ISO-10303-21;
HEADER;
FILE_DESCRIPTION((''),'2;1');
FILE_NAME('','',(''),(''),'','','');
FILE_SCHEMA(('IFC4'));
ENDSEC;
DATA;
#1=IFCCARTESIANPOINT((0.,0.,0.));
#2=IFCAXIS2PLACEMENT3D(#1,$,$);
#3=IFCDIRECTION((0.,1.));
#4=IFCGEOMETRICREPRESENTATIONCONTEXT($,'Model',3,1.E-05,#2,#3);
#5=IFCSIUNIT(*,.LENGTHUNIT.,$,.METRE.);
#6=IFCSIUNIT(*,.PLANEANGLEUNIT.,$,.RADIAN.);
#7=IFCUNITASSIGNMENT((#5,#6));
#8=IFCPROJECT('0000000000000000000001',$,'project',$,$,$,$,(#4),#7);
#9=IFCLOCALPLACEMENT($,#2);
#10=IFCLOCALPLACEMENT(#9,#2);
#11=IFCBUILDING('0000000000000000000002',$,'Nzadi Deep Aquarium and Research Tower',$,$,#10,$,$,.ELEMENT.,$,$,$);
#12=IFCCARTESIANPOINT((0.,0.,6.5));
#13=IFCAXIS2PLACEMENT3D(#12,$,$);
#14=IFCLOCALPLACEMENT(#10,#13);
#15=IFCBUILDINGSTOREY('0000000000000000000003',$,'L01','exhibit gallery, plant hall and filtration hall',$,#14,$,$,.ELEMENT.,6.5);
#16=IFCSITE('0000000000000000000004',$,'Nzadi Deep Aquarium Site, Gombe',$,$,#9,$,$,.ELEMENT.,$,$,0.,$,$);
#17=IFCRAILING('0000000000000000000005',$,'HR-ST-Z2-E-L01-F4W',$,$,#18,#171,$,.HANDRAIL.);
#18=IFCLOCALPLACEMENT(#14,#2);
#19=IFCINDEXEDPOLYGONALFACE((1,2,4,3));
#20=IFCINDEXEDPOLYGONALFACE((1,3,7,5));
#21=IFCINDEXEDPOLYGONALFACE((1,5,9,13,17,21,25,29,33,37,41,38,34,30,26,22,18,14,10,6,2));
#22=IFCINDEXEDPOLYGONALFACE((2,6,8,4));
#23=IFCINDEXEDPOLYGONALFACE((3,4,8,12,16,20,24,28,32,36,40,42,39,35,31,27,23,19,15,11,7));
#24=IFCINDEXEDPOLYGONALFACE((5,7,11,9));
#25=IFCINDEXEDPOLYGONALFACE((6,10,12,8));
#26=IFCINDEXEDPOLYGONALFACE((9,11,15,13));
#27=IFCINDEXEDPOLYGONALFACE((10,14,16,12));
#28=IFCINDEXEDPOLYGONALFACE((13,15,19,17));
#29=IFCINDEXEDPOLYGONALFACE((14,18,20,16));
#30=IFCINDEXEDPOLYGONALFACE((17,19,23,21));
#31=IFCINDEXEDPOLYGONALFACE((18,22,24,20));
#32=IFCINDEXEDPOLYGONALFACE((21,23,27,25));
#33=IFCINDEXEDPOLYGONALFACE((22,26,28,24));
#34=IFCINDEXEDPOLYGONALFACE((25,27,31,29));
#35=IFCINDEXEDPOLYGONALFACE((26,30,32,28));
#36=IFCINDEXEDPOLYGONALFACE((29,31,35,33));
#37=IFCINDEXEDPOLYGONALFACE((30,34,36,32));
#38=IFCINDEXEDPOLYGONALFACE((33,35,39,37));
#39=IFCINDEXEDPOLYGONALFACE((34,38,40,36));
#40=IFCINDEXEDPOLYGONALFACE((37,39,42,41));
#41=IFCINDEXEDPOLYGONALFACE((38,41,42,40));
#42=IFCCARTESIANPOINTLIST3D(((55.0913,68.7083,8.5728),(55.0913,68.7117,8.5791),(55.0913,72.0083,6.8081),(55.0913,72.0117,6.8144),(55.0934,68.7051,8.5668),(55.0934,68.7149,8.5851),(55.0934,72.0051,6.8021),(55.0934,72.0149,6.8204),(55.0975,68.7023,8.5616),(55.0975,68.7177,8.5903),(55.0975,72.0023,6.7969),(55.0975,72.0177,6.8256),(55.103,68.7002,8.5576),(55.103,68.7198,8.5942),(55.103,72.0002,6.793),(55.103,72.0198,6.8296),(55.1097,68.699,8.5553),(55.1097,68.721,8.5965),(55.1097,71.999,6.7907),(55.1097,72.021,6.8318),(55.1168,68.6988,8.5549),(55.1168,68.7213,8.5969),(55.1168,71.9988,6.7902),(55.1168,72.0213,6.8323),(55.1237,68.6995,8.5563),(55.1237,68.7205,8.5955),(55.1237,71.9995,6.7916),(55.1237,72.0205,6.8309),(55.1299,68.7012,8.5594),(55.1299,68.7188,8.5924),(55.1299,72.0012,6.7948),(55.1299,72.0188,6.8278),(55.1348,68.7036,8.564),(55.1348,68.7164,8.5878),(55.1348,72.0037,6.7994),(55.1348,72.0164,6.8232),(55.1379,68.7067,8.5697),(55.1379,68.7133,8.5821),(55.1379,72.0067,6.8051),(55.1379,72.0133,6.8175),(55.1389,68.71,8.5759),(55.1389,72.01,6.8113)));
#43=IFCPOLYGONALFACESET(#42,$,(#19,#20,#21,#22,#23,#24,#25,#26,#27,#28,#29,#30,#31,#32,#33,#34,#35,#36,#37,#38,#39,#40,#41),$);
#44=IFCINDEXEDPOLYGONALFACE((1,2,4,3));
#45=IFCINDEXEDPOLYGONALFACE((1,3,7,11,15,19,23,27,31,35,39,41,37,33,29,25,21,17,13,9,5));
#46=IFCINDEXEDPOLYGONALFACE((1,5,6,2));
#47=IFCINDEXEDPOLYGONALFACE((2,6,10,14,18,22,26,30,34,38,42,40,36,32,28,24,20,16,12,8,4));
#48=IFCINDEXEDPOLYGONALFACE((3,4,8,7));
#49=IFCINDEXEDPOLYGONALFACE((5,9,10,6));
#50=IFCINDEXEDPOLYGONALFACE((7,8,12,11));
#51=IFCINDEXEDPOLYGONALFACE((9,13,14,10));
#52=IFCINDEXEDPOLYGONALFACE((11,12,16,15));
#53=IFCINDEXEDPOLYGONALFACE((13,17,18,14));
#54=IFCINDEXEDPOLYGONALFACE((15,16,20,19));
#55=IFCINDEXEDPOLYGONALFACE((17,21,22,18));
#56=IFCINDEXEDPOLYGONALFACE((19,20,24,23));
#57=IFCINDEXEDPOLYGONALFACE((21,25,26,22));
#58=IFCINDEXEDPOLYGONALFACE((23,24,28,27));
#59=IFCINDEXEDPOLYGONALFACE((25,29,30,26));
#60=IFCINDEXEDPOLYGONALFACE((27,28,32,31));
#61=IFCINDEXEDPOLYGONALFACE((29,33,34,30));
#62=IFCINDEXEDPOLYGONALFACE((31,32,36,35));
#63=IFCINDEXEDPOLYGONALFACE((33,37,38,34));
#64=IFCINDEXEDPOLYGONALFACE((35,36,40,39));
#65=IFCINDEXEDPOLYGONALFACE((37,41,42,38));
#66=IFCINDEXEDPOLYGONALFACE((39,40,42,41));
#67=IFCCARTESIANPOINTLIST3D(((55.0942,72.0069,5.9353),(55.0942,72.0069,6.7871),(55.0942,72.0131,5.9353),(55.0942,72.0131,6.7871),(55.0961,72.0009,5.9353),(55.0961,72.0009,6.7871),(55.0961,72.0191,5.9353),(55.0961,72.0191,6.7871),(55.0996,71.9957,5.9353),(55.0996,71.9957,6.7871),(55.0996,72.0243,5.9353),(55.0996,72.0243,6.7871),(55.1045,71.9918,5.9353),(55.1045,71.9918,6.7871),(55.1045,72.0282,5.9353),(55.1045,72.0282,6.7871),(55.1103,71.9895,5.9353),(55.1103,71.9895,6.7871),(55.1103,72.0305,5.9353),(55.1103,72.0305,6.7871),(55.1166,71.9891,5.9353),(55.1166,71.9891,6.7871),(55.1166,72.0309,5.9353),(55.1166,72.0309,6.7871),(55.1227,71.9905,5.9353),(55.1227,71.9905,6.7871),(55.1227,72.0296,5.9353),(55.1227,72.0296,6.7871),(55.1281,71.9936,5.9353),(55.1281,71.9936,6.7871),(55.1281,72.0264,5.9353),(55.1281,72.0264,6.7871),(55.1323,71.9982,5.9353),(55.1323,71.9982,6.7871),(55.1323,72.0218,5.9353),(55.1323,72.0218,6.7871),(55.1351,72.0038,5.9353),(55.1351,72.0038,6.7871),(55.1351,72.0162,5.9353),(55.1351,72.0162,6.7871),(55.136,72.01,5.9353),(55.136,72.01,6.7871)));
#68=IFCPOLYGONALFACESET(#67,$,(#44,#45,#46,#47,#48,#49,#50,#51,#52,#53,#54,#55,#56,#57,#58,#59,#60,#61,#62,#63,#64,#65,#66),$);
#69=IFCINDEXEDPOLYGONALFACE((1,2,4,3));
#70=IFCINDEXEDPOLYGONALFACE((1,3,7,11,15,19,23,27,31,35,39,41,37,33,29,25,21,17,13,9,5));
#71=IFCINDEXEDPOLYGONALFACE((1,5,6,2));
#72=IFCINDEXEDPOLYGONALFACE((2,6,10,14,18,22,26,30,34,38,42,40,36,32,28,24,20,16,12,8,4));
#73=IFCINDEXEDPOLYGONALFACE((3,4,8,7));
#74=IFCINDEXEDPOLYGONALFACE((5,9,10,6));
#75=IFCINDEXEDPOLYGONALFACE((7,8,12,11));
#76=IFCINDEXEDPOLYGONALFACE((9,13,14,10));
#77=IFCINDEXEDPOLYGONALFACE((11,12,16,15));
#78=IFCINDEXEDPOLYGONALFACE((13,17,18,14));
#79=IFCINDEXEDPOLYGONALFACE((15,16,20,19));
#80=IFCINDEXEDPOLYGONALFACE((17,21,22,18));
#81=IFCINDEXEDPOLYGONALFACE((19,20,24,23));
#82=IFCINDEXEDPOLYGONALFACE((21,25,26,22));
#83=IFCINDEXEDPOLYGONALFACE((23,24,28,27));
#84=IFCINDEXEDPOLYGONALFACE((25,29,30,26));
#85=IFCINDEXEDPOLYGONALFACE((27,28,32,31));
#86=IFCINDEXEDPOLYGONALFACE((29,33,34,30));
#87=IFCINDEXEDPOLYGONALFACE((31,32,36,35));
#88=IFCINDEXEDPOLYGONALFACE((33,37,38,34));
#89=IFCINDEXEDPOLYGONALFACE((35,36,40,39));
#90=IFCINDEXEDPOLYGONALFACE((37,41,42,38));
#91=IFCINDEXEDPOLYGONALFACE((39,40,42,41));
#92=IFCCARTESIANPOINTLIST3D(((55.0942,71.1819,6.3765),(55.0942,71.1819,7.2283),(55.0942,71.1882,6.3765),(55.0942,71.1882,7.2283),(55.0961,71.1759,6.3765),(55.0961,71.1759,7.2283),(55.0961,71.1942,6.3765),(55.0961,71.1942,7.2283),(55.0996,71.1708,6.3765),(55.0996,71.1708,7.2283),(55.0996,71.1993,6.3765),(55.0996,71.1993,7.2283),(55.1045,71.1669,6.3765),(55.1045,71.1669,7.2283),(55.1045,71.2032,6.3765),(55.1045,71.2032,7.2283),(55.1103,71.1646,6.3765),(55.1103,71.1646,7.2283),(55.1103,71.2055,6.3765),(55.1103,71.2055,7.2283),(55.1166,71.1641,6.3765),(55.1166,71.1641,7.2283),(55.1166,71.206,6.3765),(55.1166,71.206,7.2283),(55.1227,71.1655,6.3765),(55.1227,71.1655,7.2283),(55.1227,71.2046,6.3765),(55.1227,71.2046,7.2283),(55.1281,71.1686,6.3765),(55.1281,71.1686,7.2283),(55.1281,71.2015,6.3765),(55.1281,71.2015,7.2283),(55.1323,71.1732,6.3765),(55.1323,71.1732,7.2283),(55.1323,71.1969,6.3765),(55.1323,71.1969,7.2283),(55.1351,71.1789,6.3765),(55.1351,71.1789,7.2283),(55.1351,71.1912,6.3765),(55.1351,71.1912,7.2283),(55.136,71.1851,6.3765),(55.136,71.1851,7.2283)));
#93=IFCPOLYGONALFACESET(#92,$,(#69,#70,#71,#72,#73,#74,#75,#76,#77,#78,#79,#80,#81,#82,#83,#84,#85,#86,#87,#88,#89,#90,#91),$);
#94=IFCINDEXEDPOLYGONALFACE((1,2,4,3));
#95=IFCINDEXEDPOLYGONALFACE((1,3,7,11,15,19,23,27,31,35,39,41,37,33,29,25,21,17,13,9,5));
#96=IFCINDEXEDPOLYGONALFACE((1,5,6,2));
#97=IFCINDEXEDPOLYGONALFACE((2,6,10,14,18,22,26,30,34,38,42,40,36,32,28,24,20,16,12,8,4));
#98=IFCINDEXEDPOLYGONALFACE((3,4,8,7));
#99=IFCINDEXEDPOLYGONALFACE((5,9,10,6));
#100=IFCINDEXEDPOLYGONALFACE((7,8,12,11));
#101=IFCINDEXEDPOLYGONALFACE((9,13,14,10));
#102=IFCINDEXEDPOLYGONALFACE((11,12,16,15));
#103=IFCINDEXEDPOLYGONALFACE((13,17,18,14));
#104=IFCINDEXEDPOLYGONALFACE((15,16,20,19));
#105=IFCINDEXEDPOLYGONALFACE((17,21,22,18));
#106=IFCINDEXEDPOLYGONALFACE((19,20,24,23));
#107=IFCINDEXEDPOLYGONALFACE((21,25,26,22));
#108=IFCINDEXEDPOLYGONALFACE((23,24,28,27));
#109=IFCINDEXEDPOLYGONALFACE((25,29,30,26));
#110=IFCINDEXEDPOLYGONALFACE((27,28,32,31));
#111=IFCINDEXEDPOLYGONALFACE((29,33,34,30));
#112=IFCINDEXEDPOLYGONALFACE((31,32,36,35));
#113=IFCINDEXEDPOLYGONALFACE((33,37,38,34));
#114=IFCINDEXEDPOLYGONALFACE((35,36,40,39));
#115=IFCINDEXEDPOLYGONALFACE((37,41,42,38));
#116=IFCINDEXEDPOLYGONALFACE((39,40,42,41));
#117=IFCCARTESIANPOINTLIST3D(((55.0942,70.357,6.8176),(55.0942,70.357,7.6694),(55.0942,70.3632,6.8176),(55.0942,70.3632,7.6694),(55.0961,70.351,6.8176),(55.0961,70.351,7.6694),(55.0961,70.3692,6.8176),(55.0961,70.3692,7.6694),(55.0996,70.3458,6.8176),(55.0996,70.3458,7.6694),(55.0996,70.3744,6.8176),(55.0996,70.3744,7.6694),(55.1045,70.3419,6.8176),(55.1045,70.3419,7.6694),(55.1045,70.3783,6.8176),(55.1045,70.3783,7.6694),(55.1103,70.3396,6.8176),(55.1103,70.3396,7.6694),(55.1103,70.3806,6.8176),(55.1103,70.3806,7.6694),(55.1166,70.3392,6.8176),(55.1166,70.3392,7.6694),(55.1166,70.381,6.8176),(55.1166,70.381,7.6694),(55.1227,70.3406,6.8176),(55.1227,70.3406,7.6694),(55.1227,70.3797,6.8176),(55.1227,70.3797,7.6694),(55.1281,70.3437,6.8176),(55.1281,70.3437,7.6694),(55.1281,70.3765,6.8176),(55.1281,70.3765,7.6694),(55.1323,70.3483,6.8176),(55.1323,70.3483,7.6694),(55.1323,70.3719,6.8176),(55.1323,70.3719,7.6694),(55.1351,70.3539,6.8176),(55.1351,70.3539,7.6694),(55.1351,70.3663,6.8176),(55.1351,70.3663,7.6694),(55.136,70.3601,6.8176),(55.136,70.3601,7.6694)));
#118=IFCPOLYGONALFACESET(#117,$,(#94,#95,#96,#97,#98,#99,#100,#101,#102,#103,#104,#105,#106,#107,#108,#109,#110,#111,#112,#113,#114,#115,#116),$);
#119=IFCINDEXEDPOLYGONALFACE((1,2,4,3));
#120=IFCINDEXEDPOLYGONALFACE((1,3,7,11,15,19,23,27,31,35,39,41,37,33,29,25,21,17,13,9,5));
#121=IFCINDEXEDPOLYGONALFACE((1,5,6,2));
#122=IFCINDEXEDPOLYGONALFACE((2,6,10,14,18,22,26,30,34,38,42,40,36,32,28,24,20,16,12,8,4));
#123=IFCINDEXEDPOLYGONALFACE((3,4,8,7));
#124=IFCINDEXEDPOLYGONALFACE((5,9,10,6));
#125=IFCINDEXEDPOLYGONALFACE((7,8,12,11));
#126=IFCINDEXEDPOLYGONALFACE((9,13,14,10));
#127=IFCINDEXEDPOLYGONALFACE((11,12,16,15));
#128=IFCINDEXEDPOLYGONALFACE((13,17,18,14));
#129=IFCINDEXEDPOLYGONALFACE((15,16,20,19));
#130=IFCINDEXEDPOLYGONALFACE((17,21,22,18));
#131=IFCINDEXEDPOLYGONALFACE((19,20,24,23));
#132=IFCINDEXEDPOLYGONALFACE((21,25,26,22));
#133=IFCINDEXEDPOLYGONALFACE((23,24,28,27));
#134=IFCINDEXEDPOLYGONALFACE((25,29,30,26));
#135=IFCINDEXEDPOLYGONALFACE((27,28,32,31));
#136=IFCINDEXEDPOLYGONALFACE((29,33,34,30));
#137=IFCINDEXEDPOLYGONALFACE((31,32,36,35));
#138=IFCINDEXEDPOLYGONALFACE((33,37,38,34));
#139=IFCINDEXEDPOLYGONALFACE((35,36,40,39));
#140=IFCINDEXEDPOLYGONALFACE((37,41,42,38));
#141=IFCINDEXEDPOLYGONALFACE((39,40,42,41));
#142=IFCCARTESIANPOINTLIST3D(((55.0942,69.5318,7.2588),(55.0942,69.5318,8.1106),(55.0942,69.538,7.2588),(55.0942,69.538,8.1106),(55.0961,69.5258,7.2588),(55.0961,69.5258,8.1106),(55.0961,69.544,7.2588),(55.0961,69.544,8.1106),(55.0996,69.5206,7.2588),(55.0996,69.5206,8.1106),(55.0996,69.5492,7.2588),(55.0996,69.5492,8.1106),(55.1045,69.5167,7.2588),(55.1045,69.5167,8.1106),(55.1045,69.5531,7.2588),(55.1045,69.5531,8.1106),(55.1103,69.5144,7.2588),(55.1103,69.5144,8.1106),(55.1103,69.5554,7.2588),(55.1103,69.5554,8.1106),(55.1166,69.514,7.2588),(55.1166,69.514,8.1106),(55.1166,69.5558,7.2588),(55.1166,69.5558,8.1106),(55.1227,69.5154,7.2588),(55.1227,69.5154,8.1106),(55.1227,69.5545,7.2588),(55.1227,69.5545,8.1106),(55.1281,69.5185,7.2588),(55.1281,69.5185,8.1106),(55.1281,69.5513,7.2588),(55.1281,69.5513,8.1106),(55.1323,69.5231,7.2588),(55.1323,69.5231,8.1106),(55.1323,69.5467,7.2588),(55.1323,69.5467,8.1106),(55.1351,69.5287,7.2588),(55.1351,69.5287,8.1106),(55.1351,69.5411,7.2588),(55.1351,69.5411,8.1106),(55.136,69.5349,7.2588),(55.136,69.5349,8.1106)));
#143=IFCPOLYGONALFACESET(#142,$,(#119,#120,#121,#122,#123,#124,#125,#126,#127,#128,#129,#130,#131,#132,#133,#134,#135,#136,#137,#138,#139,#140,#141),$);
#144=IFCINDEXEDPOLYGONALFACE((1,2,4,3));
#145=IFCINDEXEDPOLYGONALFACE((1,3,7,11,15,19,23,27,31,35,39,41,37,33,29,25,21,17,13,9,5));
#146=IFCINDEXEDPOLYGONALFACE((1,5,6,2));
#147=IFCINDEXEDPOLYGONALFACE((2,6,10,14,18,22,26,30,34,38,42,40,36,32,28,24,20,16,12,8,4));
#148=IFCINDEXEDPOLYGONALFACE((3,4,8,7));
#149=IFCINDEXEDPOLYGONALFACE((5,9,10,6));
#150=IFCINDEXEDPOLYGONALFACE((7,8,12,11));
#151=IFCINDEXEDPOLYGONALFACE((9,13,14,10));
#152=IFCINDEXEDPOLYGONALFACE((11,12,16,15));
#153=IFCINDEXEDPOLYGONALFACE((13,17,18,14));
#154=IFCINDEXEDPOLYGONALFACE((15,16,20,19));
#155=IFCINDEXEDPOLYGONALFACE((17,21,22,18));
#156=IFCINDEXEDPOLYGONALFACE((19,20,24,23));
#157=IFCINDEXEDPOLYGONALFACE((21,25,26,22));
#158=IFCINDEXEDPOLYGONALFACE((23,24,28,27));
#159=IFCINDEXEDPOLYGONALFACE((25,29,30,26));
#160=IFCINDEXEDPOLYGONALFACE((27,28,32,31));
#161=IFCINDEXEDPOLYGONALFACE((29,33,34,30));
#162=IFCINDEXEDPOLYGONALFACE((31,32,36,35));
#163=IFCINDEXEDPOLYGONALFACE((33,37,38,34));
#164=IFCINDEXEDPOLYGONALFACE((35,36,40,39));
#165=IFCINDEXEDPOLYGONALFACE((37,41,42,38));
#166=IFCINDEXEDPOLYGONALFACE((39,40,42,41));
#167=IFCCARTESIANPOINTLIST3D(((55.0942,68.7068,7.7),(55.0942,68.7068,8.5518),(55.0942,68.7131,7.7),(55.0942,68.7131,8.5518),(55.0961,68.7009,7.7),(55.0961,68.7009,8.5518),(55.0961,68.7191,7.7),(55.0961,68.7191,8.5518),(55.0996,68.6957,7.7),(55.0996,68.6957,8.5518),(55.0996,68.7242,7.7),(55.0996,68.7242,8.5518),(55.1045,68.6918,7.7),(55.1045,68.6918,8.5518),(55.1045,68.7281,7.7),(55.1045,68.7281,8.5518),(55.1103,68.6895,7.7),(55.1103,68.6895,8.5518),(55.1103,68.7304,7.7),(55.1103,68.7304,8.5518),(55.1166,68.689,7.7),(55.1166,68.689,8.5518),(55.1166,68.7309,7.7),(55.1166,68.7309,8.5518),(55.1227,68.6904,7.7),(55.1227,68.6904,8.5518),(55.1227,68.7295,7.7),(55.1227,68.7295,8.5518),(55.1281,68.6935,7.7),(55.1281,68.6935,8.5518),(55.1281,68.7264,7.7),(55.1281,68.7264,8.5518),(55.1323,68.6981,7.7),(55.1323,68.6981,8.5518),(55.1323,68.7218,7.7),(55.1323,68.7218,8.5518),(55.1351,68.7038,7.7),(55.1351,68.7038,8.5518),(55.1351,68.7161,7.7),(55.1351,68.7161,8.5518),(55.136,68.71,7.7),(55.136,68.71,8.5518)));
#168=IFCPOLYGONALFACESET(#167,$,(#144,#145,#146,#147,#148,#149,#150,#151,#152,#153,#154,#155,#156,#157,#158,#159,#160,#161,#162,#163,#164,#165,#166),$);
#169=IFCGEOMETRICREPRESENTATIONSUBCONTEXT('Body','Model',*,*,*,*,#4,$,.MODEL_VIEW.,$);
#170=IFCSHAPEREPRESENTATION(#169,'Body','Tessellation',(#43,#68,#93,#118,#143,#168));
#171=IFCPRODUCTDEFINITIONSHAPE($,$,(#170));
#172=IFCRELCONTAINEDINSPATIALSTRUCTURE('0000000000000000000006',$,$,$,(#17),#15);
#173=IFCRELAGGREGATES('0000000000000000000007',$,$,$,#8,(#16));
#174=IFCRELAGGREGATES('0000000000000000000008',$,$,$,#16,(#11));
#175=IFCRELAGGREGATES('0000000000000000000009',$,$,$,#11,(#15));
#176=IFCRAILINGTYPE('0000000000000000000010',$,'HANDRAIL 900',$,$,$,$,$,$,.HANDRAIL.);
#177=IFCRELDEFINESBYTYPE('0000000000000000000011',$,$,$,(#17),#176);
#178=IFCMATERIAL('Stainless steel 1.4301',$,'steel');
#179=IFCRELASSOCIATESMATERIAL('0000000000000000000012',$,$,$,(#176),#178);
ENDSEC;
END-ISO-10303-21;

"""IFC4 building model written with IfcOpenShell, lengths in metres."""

from ifc_helpers import new_model, si_unit, direction, frame, origin, origin_2d, place, context, subcontext, project, spatial, circle, extrude, material, type_object, element, save


model = new_model("IFC4")

# Units and contexts
model_context = context("Model", 3, precision=1e-05, world=origin(), true_north=direction((0.0, 1.0)))
body_context = subcontext(model_context, "Body", "Model", "MODEL_VIEW")
ifc_project = project(units=[si_unit("LENGTHUNIT", "METRE"), si_unit("PLANEANGLEUNIT", "RADIAN")], contexts=[model_context])

# Site, building, storey
site_placement = place(None, origin())
site = spatial("IfcSite", under=ifc_project, at=site_placement, Name="Nzadi Deep Aquarium Site, Gombe", CompositionType="ELEMENT", RefElevation=0.0)
building_placement = place(site_placement, origin())
building = spatial("IfcBuilding", under=site, at=building_placement, Name="Nzadi Deep Aquarium and Research Tower", CompositionType="ELEMENT")
storey_placement = place(building_placement, frame((0.0, 0.0, 6.5)))
storey = spatial("IfcBuildingStorey", under=building, at=storey_placement, Name="L01", Description="exhibit gallery, plant hall and filtration hall", CompositionType="ELEMENT", Elevation=6.5)

# Railing
ifc_material_1 = material(Name="Stainless steel 1.4301", Category="steel")
railing_type = type_object("IfcRailingType", Name="HANDRAIL 900", PredefinedType="HANDRAIL", material=ifc_material_1)
for number, where, name in (
    (1, (55.115, 72.01, 5.9353), "HR-ST-Z2-E-L01-F4W"),
):
    element("IfcRailing", number, at=place(storey_placement, frame(where)), inside=storey, type_object=railing_type, Name=name, PredefinedType="HANDRAIL", context=body_context, shape_type="SweptSolid", body=[
        extrude(circle(Radius=0.0239, at=origin_2d()), frame((0.0, 0.0, 0.876), z_axis=(0.0, -0.88184, 0.47155), x_axis=(1.0, 0.0, 0.0)), (0.0, 0.0, 1.0), 3.7422),
        extrude(circle(Radius=0.021, at=origin_2d()), origin(), (0.0, 0.0, 1.0), 0.8518),
        extrude(circle(Radius=0.021, at=origin_2d()), frame((0.0, -0.825, 0.4412)), (0.0, 0.0, 1.0), 0.8518),
        extrude(circle(Radius=0.021, at=origin_2d()), frame((0.0, -1.6499, 0.8823)), (0.0, 0.0, 1.0), 0.8518),
        extrude(circle(Radius=0.021, at=origin_2d()), frame((0.0, -2.4751, 1.3235)), (0.0, 0.0, 1.0), 0.8518),
        extrude(circle(Radius=0.021, at=origin_2d()), frame((0.0, -3.3, 1.7646)), (0.0, 0.0, 1.0), 0.8518),
    ])

save(model, "model.ifc")
